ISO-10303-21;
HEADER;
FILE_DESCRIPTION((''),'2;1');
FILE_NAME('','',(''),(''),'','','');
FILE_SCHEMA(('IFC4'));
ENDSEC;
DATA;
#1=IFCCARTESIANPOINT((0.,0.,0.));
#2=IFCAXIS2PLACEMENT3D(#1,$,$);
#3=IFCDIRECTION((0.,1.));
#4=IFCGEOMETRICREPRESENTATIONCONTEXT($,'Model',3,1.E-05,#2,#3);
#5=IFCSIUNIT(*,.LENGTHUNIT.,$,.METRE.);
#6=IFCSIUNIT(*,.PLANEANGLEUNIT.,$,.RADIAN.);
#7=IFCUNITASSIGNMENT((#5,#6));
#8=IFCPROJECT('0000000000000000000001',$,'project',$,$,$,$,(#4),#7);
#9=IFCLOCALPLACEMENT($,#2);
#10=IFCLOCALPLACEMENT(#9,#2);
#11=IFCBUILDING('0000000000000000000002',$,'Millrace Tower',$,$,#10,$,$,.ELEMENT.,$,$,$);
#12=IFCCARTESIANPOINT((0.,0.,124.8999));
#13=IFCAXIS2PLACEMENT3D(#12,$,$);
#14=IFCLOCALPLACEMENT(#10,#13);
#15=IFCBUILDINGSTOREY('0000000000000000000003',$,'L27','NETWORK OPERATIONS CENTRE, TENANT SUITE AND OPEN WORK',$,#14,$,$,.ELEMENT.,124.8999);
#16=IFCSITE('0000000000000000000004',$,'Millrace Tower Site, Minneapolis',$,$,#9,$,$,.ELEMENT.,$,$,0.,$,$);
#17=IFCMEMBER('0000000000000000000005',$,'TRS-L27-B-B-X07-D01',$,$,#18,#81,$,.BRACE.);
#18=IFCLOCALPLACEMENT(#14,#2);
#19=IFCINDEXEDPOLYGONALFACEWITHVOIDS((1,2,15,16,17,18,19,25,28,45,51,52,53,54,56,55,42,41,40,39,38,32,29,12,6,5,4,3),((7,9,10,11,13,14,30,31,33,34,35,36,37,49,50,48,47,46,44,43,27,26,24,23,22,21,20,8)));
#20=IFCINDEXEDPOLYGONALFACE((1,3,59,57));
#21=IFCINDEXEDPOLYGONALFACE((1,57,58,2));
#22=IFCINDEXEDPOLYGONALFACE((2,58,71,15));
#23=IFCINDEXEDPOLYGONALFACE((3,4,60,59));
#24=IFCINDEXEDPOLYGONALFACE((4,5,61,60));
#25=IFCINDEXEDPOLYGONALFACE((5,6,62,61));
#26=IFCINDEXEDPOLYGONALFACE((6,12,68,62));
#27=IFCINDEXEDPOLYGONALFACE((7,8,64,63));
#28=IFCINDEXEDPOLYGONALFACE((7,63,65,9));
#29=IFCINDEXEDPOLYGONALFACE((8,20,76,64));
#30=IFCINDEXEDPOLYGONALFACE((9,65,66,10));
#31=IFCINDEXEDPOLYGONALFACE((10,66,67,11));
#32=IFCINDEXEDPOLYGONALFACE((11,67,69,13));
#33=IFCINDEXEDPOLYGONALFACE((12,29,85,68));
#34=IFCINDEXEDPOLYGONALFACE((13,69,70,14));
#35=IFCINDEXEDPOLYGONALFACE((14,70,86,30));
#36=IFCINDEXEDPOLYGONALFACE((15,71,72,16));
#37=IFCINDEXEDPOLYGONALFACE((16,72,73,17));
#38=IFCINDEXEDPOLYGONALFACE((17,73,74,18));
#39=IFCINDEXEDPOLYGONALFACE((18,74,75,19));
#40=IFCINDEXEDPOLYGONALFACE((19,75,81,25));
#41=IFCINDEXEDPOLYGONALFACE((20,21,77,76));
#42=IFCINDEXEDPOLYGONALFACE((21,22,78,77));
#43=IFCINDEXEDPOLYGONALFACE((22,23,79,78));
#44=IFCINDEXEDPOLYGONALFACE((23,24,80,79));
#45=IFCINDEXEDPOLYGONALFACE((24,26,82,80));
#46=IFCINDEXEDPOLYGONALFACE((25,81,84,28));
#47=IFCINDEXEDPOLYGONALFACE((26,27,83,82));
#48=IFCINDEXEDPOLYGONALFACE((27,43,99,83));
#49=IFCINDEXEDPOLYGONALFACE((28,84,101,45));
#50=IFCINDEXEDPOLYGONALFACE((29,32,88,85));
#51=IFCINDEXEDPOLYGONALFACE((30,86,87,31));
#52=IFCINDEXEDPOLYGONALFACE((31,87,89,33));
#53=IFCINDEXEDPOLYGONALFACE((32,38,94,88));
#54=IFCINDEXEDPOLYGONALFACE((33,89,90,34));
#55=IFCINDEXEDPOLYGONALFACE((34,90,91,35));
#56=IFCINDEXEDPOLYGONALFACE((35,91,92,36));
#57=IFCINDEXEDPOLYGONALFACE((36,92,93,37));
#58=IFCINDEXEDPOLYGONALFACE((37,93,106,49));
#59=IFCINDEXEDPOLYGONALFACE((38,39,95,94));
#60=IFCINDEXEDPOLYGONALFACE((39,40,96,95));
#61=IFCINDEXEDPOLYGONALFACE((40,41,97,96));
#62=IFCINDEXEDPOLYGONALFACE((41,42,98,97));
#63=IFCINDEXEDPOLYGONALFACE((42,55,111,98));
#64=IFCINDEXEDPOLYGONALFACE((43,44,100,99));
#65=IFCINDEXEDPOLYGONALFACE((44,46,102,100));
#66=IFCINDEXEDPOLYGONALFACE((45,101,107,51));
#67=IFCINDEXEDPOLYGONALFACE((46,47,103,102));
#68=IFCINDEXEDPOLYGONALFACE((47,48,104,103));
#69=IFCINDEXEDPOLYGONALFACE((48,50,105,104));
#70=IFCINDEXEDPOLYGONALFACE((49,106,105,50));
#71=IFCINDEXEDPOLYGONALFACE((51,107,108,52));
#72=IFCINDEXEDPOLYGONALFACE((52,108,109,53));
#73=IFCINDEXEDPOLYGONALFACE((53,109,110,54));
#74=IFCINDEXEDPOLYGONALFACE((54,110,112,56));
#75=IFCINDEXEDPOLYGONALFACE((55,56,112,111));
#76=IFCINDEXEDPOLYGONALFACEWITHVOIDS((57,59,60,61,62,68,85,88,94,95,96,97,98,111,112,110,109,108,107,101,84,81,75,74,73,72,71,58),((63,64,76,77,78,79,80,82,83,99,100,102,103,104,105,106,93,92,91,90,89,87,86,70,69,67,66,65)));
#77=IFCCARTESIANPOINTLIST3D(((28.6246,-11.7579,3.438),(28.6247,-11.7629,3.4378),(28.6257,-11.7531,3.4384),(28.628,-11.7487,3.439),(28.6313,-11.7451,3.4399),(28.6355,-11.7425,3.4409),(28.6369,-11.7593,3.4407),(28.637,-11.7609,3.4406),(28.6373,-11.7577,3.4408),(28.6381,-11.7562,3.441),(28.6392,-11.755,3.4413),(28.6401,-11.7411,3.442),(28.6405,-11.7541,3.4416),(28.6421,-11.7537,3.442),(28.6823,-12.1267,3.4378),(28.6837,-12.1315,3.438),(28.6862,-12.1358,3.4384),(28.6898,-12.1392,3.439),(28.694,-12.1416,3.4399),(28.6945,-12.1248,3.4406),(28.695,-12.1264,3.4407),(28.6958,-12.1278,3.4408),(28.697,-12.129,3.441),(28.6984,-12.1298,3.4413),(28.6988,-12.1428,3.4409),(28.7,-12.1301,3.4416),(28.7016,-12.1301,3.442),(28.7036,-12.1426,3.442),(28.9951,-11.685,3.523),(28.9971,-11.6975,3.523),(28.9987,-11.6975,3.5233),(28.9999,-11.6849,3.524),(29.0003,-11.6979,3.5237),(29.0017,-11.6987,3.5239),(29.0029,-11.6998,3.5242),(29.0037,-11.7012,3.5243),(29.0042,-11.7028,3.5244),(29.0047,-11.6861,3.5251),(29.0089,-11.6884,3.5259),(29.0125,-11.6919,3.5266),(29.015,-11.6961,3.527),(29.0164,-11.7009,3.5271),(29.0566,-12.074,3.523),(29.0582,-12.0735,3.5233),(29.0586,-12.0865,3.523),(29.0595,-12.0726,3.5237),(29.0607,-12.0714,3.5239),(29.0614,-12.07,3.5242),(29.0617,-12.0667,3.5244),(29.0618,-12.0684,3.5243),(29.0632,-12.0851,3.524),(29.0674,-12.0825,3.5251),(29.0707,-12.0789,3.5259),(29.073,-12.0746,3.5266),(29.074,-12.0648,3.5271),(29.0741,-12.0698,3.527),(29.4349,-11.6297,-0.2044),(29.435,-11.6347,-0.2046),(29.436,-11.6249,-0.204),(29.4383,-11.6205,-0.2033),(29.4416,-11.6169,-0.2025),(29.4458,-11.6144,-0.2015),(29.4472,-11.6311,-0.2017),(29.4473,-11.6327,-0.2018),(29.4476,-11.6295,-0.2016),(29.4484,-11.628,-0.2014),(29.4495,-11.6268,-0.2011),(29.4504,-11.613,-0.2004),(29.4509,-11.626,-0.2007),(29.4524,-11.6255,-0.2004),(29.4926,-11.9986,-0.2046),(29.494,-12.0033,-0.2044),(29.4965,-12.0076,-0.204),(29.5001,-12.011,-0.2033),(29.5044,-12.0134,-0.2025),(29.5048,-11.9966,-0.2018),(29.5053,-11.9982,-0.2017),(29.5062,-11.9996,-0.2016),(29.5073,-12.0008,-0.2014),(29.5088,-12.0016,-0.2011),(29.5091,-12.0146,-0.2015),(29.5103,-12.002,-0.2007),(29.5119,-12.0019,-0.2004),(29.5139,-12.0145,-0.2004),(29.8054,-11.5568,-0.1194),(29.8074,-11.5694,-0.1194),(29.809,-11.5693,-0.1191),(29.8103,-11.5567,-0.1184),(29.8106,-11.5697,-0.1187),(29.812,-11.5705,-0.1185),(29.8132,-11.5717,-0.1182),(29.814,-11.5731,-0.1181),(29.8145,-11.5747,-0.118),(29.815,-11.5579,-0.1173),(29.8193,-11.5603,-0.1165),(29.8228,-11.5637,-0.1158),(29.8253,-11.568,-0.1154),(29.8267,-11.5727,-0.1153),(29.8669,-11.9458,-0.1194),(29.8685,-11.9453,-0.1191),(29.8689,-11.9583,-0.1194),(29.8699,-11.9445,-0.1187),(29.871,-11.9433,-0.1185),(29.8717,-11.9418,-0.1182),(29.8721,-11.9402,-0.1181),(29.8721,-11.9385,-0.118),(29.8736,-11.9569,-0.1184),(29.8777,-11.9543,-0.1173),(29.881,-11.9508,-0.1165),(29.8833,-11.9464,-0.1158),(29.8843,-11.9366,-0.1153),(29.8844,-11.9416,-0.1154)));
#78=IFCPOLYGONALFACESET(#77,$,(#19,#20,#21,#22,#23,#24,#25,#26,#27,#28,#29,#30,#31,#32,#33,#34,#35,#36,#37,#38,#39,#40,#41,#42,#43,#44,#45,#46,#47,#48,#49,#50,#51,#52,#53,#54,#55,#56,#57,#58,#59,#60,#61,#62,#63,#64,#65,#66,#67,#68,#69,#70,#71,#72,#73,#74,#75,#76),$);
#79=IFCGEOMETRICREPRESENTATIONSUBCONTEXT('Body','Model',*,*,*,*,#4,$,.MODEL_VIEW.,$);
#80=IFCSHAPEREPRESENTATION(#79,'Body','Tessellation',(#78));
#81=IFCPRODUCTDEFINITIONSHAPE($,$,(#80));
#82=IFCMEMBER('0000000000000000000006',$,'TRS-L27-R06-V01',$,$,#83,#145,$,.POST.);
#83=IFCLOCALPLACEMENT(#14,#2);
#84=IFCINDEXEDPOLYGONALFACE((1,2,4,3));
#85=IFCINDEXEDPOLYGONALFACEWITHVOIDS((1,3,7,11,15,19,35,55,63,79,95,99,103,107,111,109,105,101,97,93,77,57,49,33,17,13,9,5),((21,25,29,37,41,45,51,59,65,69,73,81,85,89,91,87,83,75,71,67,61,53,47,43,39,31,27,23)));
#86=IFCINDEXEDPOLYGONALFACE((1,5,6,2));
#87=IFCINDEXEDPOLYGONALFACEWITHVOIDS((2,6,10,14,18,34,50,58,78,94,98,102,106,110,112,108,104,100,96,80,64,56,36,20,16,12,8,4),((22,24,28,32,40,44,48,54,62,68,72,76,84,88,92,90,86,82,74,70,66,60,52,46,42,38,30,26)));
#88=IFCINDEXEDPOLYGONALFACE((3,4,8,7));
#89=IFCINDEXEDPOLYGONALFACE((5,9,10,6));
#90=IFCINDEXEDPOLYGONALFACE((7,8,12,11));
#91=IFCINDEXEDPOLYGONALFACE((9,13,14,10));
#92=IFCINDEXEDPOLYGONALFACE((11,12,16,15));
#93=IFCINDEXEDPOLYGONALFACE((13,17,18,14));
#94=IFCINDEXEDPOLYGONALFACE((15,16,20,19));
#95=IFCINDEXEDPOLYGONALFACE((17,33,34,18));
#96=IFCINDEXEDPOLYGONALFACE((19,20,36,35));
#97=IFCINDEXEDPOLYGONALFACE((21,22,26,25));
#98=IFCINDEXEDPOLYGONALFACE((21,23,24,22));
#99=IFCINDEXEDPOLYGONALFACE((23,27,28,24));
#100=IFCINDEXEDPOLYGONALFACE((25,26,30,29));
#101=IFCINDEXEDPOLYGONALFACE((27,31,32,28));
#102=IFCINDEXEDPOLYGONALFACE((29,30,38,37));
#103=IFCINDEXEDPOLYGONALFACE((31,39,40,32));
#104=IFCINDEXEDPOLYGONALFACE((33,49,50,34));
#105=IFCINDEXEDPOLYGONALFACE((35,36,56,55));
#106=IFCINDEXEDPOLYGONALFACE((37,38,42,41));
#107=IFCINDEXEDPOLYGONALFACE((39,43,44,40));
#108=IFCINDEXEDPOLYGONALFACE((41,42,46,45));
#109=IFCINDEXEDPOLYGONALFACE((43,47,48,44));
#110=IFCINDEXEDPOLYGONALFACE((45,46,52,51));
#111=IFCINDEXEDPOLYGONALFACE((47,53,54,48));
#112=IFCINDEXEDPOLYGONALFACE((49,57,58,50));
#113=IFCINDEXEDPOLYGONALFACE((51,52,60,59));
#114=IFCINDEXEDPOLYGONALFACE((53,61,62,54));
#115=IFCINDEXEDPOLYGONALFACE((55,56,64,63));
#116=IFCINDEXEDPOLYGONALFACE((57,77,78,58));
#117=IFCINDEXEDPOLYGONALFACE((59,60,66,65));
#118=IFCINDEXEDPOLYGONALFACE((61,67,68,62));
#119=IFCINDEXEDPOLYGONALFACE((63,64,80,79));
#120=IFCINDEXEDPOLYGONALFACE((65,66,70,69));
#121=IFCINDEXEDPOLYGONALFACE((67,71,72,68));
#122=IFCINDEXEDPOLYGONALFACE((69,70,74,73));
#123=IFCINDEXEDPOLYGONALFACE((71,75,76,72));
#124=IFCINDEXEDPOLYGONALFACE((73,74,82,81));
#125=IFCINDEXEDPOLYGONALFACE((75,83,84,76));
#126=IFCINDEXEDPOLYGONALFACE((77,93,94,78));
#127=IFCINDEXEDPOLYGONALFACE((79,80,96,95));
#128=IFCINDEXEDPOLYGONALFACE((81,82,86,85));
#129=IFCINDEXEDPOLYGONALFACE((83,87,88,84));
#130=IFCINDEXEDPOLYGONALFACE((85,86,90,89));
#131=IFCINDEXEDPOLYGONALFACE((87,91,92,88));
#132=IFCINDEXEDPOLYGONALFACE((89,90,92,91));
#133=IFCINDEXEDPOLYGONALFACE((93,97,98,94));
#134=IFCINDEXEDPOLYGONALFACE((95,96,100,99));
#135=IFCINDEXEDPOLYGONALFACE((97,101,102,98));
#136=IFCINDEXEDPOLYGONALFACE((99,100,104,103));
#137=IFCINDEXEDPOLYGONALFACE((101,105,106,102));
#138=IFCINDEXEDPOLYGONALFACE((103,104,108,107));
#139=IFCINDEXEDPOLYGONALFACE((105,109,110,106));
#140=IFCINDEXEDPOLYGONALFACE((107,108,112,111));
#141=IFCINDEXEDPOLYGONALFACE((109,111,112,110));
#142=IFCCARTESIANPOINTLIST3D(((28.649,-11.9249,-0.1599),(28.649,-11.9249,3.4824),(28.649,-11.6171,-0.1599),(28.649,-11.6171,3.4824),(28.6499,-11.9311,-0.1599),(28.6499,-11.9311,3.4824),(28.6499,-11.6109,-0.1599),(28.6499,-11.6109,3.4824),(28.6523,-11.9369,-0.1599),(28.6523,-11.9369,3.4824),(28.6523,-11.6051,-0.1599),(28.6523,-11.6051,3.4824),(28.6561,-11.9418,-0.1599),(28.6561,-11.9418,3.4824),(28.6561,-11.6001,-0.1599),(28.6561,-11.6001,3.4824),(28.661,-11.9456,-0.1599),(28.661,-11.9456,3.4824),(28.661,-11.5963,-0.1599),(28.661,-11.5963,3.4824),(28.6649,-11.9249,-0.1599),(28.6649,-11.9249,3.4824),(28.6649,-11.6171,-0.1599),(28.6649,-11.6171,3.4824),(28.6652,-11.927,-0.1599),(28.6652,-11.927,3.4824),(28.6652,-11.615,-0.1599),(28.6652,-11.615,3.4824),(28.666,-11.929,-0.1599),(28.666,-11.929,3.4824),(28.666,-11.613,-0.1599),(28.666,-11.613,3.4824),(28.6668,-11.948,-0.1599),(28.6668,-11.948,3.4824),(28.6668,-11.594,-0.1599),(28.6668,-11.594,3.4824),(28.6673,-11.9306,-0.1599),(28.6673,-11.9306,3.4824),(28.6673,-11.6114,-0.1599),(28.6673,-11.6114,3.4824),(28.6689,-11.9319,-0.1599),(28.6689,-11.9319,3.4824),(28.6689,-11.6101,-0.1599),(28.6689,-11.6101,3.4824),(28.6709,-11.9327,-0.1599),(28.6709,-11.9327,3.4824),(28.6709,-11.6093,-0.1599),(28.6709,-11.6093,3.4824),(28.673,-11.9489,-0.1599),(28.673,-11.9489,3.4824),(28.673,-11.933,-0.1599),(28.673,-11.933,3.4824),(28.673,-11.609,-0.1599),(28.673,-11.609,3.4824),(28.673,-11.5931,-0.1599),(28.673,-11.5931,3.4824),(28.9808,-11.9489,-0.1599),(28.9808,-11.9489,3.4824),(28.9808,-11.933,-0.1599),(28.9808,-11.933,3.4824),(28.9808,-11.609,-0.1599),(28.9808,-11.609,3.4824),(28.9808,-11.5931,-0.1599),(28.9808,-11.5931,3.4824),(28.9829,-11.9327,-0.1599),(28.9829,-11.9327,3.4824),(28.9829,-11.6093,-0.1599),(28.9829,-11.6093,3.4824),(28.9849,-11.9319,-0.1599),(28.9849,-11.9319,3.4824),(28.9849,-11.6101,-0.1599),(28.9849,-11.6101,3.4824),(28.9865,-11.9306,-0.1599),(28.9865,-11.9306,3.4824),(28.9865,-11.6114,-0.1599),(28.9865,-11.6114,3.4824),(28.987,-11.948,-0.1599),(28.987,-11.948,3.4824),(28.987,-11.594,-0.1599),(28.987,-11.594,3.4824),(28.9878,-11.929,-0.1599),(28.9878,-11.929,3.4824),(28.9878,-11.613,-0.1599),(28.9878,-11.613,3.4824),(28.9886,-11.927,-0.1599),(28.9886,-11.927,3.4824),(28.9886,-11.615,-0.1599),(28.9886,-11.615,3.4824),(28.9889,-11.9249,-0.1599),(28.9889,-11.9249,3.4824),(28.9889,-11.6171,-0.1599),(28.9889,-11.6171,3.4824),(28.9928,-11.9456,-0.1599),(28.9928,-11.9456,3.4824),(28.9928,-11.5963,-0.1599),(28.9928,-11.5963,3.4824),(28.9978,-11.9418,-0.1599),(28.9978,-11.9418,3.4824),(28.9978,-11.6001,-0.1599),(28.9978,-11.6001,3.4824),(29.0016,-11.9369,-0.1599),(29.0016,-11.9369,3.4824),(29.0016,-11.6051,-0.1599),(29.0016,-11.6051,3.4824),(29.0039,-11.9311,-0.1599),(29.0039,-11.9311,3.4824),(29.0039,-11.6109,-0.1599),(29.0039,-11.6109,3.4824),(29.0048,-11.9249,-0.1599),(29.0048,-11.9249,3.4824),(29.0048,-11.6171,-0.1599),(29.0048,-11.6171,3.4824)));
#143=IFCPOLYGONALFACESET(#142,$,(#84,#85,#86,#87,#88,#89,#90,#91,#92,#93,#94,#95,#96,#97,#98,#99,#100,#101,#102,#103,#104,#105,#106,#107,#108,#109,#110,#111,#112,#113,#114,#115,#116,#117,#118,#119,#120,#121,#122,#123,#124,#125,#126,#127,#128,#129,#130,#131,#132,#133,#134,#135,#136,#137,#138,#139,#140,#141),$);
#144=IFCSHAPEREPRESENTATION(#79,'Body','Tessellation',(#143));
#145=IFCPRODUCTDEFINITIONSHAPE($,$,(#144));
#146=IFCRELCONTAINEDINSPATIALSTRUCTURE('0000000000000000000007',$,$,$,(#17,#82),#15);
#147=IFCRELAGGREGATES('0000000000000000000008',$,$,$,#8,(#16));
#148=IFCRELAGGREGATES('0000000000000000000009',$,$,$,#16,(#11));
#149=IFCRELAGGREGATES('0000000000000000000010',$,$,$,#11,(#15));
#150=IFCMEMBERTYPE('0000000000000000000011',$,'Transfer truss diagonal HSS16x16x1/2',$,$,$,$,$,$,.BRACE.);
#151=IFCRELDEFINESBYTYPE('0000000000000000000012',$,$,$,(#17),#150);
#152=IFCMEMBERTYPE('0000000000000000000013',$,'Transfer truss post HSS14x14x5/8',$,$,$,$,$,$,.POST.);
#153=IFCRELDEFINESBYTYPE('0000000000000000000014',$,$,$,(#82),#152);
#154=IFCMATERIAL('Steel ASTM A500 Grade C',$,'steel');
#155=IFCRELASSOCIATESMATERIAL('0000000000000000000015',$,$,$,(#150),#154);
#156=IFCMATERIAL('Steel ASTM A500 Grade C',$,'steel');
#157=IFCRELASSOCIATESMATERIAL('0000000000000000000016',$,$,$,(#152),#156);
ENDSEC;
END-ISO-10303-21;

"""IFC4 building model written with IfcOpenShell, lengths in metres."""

from ifc_helpers import new_model, si_unit, direction, frame, origin, origin_2d, place, context, subcontext, project, spatial, hollow_rectangle, extrude, material, material_profile, profile_set, type_object, element, save


model = new_model("IFC4")

# Units and contexts
model_context = context("Model", 3, precision=1e-05, world=origin(), true_north=direction((0.0, 1.0)))
body_context = subcontext(model_context, "Body", "Model", "MODEL_VIEW")
ifc_project = project(units=[si_unit("LENGTHUNIT", "METRE"), si_unit("PLANEANGLEUNIT", "RADIAN")], contexts=[model_context])

# Site, building, storey
site_placement = place(None, origin())
site = spatial("IfcSite", under=ifc_project, at=site_placement, Name="Millrace Tower Site, Minneapolis", CompositionType="ELEMENT", RefElevation=0.0)
building_placement = place(site_placement, origin())
building = spatial("IfcBuilding", under=site, at=building_placement, Name="Millrace Tower", CompositionType="ELEMENT")
storey_placement = place(building_placement, frame((0.0, 0.0, 124.8999)))
storey = spatial("IfcBuildingStorey", under=building, at=storey_placement, Name="L27", Description="NETWORK OPERATIONS CENTRE, TENANT SUITE AND OPEN WORK", CompositionType="ELEMENT", Elevation=124.8999)

# Members
ifc_material_1 = material(Name="Steel ASTM A500 Grade C", Category="steel")
ifc_material_profile_1 = material_profile(ifc_material_1, hollow_rectangle(XDim=0.4065, YDim=0.4065, WallThickness=0.0127, InnerFilletRadius=0.0063, OuterFilletRadius=0.019, at=origin_2d()))
ifc_profile_set_1 = profile_set([ifc_material_profile_1], Name="Steel ASTM A500 Grade C")
member_type_1 = type_object("IfcMemberType", Name="Transfer truss diagonal HSS16x16x1/2", PredefinedType="BRACE", material=ifc_profile_set_1)
member_1_placement = place(storey_placement, frame((29.6597, -11.7856, -0.1599), z_axis=(-0.217031, -0.03433, 0.975561), x_axis=(0.156238, -0.987719, 0.0)))
element("IfcMember", 1, at=member_1_placement, inside=storey, type_object=member_type_1, Name="TRS-L27-B-B-X07-D01", PredefinedType="BRACE", context=body_context, shape_type="SweptSolid", body=[
    extrude(hollow_rectangle(XDim=0.4065, YDim=0.4065, WallThickness=0.0127, InnerFilletRadius=0.0063, OuterFilletRadius=0.019, at=origin_2d()), origin(), (0.0, 0.0, 1.0), 3.7336),
])
ifc_material_2 = material(Name="Steel ASTM A500 Grade C", Category="steel")
ifc_material_profile_2 = material_profile(ifc_material_2, hollow_rectangle(XDim=0.3557, YDim=0.3557, WallThickness=0.0159, InnerFilletRadius=0.0081, OuterFilletRadius=0.0239, at=origin_2d()))
ifc_profile_set_2 = profile_set([ifc_material_profile_2], Name="Steel ASTM A500 Grade C")
member_type_2 = type_object("IfcMemberType", Name="Transfer truss post HSS14x14x5/8", PredefinedType="POST", material=ifc_profile_set_2)
for number, where, z_axis, x_axis, name in (
    (2, (28.8269, -11.771, -0.1599), (0.0, 0.0, 1.0), (1.0, 0.0, 0.0), "TRS-L27-R06-V01"),
):
    element("IfcMember", number, at=place(storey_placement, frame(where, z_axis=z_axis, x_axis=x_axis)), inside=storey, type_object=member_type_2, Name=name, PredefinedType="POST", context=body_context, shape_type="SweptSolid", body=[
        extrude(hollow_rectangle(XDim=0.3557, YDim=0.3557, WallThickness=0.0159, InnerFilletRadius=0.0081, OuterFilletRadius=0.0239, at=origin_2d()), origin(), (0.0, 0.0, 1.0), 3.6423),
    ])

save(model, "model.ifc")
